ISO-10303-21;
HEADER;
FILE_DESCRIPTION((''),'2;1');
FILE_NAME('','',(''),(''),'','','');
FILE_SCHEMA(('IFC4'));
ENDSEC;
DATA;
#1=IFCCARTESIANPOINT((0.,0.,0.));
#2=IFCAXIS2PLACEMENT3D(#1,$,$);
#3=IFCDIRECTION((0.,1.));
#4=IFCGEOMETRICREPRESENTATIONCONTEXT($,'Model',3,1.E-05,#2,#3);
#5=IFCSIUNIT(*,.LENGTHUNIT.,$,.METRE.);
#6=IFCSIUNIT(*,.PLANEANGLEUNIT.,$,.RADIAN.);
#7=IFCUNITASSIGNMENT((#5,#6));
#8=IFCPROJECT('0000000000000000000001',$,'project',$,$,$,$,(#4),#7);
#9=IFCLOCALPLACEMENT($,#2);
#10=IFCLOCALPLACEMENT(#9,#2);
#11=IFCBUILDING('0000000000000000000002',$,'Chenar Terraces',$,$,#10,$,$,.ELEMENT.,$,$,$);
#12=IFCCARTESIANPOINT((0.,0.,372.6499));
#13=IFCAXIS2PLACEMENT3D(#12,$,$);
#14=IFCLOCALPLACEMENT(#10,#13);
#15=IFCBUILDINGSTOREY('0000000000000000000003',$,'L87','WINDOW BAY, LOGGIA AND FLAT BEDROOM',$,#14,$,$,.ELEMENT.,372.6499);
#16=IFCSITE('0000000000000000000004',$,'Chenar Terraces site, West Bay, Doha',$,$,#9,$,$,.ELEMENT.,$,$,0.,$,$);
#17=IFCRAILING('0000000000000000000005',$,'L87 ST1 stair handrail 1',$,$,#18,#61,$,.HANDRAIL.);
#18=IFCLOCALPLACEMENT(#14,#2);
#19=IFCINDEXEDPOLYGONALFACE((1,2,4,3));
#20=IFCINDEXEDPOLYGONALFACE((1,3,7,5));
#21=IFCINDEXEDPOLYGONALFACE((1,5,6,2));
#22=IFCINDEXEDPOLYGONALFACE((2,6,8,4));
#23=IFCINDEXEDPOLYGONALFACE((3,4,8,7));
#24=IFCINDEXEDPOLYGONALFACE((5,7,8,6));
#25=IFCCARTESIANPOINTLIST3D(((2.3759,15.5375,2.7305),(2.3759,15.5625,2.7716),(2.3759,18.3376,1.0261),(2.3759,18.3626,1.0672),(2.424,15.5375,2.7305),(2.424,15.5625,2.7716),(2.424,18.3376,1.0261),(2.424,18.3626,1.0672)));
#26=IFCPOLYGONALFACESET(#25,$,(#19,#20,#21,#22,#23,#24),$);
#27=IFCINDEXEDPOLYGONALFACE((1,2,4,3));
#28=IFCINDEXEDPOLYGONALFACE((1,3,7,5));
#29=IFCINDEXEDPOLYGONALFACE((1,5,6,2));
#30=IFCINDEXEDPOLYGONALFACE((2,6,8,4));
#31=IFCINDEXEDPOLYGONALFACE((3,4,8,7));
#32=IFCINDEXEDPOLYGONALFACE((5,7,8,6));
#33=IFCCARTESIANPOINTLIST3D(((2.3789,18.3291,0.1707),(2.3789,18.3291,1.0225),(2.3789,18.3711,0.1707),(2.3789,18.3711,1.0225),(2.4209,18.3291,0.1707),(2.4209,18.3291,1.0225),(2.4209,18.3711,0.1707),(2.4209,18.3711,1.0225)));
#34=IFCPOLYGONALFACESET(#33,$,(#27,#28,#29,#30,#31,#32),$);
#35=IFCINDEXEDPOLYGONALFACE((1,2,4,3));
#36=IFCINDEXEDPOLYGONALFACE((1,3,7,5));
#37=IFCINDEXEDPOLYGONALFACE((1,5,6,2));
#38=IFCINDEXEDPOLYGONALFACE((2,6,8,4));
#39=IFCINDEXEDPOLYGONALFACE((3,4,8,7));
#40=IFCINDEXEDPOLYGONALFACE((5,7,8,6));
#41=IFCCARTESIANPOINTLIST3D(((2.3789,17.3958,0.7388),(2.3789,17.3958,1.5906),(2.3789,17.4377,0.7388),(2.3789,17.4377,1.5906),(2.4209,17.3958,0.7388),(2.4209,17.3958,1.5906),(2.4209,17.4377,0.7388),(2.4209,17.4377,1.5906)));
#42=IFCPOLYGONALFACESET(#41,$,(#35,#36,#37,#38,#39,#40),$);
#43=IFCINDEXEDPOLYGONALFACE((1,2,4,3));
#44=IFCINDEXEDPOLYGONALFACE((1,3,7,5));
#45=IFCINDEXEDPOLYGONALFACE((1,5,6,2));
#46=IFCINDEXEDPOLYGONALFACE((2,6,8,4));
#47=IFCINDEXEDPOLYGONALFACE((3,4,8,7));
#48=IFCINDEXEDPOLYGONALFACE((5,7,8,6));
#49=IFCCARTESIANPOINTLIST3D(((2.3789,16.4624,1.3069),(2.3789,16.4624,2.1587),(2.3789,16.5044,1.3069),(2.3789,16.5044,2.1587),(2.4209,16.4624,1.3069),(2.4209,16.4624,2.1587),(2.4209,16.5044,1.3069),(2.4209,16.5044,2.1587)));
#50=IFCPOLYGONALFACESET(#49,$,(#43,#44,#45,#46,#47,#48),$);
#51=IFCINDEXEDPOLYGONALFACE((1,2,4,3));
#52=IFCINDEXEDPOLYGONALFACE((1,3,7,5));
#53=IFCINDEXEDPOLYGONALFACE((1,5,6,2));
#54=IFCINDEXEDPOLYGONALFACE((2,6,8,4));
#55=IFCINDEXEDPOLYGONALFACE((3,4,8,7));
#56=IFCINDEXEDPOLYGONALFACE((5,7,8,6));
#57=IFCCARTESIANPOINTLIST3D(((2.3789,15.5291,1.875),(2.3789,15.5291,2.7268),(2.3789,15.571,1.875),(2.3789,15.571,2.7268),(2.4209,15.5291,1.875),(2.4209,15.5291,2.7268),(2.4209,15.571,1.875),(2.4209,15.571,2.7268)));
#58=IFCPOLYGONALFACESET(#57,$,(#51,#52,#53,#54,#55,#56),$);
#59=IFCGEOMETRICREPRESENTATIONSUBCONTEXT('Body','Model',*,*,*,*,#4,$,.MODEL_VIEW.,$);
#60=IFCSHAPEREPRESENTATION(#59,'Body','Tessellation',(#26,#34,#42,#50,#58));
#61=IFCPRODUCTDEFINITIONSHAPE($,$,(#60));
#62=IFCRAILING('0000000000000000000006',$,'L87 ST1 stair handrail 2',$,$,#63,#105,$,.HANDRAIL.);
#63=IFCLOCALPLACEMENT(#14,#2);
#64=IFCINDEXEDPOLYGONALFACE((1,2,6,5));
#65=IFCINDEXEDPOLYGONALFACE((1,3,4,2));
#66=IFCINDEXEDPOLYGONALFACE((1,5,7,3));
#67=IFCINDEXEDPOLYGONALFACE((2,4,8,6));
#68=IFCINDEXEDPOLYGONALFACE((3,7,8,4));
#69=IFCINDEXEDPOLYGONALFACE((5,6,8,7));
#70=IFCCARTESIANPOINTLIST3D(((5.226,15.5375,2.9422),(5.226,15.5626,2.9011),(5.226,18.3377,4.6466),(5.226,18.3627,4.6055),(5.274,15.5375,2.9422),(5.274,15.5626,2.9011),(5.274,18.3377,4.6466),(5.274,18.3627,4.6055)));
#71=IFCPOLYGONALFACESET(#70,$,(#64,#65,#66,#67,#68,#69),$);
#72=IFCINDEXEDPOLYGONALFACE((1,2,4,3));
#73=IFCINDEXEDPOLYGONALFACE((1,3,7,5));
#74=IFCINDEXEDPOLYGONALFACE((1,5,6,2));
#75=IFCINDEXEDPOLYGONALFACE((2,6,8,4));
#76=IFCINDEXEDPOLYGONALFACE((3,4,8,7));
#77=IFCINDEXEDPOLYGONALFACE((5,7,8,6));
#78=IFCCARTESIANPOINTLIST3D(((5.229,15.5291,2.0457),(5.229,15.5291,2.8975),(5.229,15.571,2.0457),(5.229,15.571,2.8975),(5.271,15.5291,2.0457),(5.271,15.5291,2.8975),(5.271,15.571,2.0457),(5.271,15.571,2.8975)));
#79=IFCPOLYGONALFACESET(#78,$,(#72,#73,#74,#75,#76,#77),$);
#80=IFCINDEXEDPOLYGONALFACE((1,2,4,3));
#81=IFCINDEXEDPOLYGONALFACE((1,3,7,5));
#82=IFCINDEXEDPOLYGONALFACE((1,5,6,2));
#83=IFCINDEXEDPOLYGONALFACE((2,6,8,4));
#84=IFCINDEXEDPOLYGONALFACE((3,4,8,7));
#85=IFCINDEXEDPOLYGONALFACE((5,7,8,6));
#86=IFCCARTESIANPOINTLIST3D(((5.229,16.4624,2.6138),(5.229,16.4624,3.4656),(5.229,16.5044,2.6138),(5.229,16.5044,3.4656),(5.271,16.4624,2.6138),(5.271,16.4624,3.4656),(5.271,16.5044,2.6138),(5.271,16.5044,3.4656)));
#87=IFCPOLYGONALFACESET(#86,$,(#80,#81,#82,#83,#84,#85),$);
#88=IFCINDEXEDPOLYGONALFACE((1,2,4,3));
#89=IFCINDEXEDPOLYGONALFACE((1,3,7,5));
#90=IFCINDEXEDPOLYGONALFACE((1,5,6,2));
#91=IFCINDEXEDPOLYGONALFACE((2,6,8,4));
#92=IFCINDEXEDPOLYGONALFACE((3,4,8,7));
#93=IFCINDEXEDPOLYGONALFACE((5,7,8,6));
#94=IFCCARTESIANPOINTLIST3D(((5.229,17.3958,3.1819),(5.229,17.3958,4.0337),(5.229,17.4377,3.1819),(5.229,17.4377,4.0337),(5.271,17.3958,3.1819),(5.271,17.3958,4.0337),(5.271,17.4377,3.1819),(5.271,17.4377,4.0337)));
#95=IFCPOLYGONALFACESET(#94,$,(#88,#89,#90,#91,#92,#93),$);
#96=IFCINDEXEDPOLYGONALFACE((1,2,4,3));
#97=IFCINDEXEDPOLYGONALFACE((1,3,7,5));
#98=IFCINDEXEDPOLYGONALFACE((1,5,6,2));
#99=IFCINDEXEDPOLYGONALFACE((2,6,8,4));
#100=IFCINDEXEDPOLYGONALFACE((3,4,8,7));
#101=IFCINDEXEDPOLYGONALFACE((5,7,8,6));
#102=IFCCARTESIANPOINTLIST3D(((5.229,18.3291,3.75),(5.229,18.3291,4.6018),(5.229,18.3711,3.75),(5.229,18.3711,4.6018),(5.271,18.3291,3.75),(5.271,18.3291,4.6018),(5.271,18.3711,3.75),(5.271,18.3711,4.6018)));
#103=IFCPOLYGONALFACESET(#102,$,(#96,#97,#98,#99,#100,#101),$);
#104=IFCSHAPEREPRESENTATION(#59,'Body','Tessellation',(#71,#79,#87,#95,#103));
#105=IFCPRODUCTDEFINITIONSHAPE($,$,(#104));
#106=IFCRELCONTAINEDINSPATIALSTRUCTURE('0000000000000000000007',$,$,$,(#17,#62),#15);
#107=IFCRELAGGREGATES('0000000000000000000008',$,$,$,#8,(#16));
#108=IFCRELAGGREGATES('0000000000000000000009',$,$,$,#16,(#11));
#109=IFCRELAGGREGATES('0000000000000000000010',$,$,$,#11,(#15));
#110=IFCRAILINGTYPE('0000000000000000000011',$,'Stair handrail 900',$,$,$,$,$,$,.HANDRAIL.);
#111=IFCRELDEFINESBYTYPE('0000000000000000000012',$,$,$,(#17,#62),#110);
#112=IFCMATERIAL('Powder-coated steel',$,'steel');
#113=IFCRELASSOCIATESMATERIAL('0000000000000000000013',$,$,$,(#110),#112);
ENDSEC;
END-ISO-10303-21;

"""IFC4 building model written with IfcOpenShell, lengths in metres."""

from ifc_helpers import new_model, si_unit, direction, frame, origin, origin_2d, place, context, subcontext, project, spatial, rectangle, extrude, material, type_object, element, save


model = new_model("IFC4")

# Units and contexts
model_context = context("Model", 3, precision=1e-05, world=origin(), true_north=direction((0.0, 1.0)))
body_context = subcontext(model_context, "Body", "Model", "MODEL_VIEW")
ifc_project = project(units=[si_unit("LENGTHUNIT", "METRE"), si_unit("PLANEANGLEUNIT", "RADIAN")], contexts=[model_context])

# Site, building, storey
site_placement = place(None, origin())
site = spatial("IfcSite", under=ifc_project, at=site_placement, Name="Chenar Terraces site, West Bay, Doha", CompositionType="ELEMENT", RefElevation=0.0)
building_placement = place(site_placement, origin())
building = spatial("IfcBuilding", under=site, at=building_placement, Name="Chenar Terraces", CompositionType="ELEMENT")
storey_placement = place(building_placement, frame((0.0, 0.0, 372.6499)))
storey = spatial("IfcBuildingStorey", under=building, at=storey_placement, Name="L87", Description="WINDOW BAY, LOGGIA AND FLAT BEDROOM", CompositionType="ELEMENT", Elevation=372.6499)

# Railings
ifc_material_1 = material(Name="Powder-coated steel", Category="steel")
railing_type_1 = type_object("IfcRailingType", Name="Stair handrail 900", PredefinedType="HANDRAIL", material=ifc_material_1)
railing_1_placement = place(storey_placement, frame((2.3999, 18.3501, 0.1707)))
element("IfcRailing", 1, at=railing_1_placement, inside=storey, type_object=railing_type_1, Name="L87 ST1 stair handrail 1", PredefinedType="HANDRAIL", context=body_context, shape_type="SweptSolid", body=[
    extrude(rectangle(XDim=0.0481, YDim=0.0481, at=origin_2d()), frame((0.0, 0.0, 0.876), z_axis=(0.0, -0.854203, 0.51994), x_axis=(1.0, 0.0, 0.0)), (0.0, 0.0, 1.0), 3.2781),
    extrude(rectangle(XDim=0.042, YDim=0.042, at=origin_2d()), origin(), (0.0, 0.0, 1.0), 0.8518),
    extrude(rectangle(XDim=0.042, YDim=0.042, at=origin_2d()), frame((0.0, -0.9333, 0.5681)), (0.0, 0.0, 1.0), 0.8518),
    extrude(rectangle(XDim=0.042, YDim=0.042, at=origin_2d()), frame((0.0, -1.8667, 1.1362)), (0.0, 0.0, 1.0), 0.8518),
    extrude(rectangle(XDim=0.042, YDim=0.042, at=origin_2d()), frame((0.0, -2.8, 1.7043)), (0.0, 0.0, 1.0), 0.8518),
])
railing_2_placement = place(storey_placement, frame((5.25, 15.55, 2.0457)))
element("IfcRailing", 2, at=railing_2_placement, inside=storey, type_object=railing_type_1, Name="L87 ST1 stair handrail 2", PredefinedType="HANDRAIL", context=body_context, shape_type="SweptSolid", body=[
    extrude(rectangle(XDim=0.0481, YDim=0.0481, at=origin_2d()), frame((0.0, 0.0, 0.876), z_axis=(0.0, 0.854203, 0.51994), x_axis=(-1.0, 0.0, 0.0)), (0.0, 0.0, 1.0), 3.2781),
    extrude(rectangle(XDim=0.042, YDim=0.042, at=origin_2d()), origin(), (0.0, 0.0, 1.0), 0.8518),
    extrude(rectangle(XDim=0.042, YDim=0.042, at=origin_2d()), frame((0.0, 0.9333, 0.5681)), (0.0, 0.0, 1.0), 0.8518),
    extrude(rectangle(XDim=0.042, YDim=0.042, at=origin_2d()), frame((0.0, 1.8667, 1.1362)), (0.0, 0.0, 1.0), 0.8518),
    extrude(rectangle(XDim=0.042, YDim=0.042, at=origin_2d()), frame((0.0, 2.8, 1.7043)), (0.0, 0.0, 1.0), 0.8518),
])

save(model, "model.ifc")
